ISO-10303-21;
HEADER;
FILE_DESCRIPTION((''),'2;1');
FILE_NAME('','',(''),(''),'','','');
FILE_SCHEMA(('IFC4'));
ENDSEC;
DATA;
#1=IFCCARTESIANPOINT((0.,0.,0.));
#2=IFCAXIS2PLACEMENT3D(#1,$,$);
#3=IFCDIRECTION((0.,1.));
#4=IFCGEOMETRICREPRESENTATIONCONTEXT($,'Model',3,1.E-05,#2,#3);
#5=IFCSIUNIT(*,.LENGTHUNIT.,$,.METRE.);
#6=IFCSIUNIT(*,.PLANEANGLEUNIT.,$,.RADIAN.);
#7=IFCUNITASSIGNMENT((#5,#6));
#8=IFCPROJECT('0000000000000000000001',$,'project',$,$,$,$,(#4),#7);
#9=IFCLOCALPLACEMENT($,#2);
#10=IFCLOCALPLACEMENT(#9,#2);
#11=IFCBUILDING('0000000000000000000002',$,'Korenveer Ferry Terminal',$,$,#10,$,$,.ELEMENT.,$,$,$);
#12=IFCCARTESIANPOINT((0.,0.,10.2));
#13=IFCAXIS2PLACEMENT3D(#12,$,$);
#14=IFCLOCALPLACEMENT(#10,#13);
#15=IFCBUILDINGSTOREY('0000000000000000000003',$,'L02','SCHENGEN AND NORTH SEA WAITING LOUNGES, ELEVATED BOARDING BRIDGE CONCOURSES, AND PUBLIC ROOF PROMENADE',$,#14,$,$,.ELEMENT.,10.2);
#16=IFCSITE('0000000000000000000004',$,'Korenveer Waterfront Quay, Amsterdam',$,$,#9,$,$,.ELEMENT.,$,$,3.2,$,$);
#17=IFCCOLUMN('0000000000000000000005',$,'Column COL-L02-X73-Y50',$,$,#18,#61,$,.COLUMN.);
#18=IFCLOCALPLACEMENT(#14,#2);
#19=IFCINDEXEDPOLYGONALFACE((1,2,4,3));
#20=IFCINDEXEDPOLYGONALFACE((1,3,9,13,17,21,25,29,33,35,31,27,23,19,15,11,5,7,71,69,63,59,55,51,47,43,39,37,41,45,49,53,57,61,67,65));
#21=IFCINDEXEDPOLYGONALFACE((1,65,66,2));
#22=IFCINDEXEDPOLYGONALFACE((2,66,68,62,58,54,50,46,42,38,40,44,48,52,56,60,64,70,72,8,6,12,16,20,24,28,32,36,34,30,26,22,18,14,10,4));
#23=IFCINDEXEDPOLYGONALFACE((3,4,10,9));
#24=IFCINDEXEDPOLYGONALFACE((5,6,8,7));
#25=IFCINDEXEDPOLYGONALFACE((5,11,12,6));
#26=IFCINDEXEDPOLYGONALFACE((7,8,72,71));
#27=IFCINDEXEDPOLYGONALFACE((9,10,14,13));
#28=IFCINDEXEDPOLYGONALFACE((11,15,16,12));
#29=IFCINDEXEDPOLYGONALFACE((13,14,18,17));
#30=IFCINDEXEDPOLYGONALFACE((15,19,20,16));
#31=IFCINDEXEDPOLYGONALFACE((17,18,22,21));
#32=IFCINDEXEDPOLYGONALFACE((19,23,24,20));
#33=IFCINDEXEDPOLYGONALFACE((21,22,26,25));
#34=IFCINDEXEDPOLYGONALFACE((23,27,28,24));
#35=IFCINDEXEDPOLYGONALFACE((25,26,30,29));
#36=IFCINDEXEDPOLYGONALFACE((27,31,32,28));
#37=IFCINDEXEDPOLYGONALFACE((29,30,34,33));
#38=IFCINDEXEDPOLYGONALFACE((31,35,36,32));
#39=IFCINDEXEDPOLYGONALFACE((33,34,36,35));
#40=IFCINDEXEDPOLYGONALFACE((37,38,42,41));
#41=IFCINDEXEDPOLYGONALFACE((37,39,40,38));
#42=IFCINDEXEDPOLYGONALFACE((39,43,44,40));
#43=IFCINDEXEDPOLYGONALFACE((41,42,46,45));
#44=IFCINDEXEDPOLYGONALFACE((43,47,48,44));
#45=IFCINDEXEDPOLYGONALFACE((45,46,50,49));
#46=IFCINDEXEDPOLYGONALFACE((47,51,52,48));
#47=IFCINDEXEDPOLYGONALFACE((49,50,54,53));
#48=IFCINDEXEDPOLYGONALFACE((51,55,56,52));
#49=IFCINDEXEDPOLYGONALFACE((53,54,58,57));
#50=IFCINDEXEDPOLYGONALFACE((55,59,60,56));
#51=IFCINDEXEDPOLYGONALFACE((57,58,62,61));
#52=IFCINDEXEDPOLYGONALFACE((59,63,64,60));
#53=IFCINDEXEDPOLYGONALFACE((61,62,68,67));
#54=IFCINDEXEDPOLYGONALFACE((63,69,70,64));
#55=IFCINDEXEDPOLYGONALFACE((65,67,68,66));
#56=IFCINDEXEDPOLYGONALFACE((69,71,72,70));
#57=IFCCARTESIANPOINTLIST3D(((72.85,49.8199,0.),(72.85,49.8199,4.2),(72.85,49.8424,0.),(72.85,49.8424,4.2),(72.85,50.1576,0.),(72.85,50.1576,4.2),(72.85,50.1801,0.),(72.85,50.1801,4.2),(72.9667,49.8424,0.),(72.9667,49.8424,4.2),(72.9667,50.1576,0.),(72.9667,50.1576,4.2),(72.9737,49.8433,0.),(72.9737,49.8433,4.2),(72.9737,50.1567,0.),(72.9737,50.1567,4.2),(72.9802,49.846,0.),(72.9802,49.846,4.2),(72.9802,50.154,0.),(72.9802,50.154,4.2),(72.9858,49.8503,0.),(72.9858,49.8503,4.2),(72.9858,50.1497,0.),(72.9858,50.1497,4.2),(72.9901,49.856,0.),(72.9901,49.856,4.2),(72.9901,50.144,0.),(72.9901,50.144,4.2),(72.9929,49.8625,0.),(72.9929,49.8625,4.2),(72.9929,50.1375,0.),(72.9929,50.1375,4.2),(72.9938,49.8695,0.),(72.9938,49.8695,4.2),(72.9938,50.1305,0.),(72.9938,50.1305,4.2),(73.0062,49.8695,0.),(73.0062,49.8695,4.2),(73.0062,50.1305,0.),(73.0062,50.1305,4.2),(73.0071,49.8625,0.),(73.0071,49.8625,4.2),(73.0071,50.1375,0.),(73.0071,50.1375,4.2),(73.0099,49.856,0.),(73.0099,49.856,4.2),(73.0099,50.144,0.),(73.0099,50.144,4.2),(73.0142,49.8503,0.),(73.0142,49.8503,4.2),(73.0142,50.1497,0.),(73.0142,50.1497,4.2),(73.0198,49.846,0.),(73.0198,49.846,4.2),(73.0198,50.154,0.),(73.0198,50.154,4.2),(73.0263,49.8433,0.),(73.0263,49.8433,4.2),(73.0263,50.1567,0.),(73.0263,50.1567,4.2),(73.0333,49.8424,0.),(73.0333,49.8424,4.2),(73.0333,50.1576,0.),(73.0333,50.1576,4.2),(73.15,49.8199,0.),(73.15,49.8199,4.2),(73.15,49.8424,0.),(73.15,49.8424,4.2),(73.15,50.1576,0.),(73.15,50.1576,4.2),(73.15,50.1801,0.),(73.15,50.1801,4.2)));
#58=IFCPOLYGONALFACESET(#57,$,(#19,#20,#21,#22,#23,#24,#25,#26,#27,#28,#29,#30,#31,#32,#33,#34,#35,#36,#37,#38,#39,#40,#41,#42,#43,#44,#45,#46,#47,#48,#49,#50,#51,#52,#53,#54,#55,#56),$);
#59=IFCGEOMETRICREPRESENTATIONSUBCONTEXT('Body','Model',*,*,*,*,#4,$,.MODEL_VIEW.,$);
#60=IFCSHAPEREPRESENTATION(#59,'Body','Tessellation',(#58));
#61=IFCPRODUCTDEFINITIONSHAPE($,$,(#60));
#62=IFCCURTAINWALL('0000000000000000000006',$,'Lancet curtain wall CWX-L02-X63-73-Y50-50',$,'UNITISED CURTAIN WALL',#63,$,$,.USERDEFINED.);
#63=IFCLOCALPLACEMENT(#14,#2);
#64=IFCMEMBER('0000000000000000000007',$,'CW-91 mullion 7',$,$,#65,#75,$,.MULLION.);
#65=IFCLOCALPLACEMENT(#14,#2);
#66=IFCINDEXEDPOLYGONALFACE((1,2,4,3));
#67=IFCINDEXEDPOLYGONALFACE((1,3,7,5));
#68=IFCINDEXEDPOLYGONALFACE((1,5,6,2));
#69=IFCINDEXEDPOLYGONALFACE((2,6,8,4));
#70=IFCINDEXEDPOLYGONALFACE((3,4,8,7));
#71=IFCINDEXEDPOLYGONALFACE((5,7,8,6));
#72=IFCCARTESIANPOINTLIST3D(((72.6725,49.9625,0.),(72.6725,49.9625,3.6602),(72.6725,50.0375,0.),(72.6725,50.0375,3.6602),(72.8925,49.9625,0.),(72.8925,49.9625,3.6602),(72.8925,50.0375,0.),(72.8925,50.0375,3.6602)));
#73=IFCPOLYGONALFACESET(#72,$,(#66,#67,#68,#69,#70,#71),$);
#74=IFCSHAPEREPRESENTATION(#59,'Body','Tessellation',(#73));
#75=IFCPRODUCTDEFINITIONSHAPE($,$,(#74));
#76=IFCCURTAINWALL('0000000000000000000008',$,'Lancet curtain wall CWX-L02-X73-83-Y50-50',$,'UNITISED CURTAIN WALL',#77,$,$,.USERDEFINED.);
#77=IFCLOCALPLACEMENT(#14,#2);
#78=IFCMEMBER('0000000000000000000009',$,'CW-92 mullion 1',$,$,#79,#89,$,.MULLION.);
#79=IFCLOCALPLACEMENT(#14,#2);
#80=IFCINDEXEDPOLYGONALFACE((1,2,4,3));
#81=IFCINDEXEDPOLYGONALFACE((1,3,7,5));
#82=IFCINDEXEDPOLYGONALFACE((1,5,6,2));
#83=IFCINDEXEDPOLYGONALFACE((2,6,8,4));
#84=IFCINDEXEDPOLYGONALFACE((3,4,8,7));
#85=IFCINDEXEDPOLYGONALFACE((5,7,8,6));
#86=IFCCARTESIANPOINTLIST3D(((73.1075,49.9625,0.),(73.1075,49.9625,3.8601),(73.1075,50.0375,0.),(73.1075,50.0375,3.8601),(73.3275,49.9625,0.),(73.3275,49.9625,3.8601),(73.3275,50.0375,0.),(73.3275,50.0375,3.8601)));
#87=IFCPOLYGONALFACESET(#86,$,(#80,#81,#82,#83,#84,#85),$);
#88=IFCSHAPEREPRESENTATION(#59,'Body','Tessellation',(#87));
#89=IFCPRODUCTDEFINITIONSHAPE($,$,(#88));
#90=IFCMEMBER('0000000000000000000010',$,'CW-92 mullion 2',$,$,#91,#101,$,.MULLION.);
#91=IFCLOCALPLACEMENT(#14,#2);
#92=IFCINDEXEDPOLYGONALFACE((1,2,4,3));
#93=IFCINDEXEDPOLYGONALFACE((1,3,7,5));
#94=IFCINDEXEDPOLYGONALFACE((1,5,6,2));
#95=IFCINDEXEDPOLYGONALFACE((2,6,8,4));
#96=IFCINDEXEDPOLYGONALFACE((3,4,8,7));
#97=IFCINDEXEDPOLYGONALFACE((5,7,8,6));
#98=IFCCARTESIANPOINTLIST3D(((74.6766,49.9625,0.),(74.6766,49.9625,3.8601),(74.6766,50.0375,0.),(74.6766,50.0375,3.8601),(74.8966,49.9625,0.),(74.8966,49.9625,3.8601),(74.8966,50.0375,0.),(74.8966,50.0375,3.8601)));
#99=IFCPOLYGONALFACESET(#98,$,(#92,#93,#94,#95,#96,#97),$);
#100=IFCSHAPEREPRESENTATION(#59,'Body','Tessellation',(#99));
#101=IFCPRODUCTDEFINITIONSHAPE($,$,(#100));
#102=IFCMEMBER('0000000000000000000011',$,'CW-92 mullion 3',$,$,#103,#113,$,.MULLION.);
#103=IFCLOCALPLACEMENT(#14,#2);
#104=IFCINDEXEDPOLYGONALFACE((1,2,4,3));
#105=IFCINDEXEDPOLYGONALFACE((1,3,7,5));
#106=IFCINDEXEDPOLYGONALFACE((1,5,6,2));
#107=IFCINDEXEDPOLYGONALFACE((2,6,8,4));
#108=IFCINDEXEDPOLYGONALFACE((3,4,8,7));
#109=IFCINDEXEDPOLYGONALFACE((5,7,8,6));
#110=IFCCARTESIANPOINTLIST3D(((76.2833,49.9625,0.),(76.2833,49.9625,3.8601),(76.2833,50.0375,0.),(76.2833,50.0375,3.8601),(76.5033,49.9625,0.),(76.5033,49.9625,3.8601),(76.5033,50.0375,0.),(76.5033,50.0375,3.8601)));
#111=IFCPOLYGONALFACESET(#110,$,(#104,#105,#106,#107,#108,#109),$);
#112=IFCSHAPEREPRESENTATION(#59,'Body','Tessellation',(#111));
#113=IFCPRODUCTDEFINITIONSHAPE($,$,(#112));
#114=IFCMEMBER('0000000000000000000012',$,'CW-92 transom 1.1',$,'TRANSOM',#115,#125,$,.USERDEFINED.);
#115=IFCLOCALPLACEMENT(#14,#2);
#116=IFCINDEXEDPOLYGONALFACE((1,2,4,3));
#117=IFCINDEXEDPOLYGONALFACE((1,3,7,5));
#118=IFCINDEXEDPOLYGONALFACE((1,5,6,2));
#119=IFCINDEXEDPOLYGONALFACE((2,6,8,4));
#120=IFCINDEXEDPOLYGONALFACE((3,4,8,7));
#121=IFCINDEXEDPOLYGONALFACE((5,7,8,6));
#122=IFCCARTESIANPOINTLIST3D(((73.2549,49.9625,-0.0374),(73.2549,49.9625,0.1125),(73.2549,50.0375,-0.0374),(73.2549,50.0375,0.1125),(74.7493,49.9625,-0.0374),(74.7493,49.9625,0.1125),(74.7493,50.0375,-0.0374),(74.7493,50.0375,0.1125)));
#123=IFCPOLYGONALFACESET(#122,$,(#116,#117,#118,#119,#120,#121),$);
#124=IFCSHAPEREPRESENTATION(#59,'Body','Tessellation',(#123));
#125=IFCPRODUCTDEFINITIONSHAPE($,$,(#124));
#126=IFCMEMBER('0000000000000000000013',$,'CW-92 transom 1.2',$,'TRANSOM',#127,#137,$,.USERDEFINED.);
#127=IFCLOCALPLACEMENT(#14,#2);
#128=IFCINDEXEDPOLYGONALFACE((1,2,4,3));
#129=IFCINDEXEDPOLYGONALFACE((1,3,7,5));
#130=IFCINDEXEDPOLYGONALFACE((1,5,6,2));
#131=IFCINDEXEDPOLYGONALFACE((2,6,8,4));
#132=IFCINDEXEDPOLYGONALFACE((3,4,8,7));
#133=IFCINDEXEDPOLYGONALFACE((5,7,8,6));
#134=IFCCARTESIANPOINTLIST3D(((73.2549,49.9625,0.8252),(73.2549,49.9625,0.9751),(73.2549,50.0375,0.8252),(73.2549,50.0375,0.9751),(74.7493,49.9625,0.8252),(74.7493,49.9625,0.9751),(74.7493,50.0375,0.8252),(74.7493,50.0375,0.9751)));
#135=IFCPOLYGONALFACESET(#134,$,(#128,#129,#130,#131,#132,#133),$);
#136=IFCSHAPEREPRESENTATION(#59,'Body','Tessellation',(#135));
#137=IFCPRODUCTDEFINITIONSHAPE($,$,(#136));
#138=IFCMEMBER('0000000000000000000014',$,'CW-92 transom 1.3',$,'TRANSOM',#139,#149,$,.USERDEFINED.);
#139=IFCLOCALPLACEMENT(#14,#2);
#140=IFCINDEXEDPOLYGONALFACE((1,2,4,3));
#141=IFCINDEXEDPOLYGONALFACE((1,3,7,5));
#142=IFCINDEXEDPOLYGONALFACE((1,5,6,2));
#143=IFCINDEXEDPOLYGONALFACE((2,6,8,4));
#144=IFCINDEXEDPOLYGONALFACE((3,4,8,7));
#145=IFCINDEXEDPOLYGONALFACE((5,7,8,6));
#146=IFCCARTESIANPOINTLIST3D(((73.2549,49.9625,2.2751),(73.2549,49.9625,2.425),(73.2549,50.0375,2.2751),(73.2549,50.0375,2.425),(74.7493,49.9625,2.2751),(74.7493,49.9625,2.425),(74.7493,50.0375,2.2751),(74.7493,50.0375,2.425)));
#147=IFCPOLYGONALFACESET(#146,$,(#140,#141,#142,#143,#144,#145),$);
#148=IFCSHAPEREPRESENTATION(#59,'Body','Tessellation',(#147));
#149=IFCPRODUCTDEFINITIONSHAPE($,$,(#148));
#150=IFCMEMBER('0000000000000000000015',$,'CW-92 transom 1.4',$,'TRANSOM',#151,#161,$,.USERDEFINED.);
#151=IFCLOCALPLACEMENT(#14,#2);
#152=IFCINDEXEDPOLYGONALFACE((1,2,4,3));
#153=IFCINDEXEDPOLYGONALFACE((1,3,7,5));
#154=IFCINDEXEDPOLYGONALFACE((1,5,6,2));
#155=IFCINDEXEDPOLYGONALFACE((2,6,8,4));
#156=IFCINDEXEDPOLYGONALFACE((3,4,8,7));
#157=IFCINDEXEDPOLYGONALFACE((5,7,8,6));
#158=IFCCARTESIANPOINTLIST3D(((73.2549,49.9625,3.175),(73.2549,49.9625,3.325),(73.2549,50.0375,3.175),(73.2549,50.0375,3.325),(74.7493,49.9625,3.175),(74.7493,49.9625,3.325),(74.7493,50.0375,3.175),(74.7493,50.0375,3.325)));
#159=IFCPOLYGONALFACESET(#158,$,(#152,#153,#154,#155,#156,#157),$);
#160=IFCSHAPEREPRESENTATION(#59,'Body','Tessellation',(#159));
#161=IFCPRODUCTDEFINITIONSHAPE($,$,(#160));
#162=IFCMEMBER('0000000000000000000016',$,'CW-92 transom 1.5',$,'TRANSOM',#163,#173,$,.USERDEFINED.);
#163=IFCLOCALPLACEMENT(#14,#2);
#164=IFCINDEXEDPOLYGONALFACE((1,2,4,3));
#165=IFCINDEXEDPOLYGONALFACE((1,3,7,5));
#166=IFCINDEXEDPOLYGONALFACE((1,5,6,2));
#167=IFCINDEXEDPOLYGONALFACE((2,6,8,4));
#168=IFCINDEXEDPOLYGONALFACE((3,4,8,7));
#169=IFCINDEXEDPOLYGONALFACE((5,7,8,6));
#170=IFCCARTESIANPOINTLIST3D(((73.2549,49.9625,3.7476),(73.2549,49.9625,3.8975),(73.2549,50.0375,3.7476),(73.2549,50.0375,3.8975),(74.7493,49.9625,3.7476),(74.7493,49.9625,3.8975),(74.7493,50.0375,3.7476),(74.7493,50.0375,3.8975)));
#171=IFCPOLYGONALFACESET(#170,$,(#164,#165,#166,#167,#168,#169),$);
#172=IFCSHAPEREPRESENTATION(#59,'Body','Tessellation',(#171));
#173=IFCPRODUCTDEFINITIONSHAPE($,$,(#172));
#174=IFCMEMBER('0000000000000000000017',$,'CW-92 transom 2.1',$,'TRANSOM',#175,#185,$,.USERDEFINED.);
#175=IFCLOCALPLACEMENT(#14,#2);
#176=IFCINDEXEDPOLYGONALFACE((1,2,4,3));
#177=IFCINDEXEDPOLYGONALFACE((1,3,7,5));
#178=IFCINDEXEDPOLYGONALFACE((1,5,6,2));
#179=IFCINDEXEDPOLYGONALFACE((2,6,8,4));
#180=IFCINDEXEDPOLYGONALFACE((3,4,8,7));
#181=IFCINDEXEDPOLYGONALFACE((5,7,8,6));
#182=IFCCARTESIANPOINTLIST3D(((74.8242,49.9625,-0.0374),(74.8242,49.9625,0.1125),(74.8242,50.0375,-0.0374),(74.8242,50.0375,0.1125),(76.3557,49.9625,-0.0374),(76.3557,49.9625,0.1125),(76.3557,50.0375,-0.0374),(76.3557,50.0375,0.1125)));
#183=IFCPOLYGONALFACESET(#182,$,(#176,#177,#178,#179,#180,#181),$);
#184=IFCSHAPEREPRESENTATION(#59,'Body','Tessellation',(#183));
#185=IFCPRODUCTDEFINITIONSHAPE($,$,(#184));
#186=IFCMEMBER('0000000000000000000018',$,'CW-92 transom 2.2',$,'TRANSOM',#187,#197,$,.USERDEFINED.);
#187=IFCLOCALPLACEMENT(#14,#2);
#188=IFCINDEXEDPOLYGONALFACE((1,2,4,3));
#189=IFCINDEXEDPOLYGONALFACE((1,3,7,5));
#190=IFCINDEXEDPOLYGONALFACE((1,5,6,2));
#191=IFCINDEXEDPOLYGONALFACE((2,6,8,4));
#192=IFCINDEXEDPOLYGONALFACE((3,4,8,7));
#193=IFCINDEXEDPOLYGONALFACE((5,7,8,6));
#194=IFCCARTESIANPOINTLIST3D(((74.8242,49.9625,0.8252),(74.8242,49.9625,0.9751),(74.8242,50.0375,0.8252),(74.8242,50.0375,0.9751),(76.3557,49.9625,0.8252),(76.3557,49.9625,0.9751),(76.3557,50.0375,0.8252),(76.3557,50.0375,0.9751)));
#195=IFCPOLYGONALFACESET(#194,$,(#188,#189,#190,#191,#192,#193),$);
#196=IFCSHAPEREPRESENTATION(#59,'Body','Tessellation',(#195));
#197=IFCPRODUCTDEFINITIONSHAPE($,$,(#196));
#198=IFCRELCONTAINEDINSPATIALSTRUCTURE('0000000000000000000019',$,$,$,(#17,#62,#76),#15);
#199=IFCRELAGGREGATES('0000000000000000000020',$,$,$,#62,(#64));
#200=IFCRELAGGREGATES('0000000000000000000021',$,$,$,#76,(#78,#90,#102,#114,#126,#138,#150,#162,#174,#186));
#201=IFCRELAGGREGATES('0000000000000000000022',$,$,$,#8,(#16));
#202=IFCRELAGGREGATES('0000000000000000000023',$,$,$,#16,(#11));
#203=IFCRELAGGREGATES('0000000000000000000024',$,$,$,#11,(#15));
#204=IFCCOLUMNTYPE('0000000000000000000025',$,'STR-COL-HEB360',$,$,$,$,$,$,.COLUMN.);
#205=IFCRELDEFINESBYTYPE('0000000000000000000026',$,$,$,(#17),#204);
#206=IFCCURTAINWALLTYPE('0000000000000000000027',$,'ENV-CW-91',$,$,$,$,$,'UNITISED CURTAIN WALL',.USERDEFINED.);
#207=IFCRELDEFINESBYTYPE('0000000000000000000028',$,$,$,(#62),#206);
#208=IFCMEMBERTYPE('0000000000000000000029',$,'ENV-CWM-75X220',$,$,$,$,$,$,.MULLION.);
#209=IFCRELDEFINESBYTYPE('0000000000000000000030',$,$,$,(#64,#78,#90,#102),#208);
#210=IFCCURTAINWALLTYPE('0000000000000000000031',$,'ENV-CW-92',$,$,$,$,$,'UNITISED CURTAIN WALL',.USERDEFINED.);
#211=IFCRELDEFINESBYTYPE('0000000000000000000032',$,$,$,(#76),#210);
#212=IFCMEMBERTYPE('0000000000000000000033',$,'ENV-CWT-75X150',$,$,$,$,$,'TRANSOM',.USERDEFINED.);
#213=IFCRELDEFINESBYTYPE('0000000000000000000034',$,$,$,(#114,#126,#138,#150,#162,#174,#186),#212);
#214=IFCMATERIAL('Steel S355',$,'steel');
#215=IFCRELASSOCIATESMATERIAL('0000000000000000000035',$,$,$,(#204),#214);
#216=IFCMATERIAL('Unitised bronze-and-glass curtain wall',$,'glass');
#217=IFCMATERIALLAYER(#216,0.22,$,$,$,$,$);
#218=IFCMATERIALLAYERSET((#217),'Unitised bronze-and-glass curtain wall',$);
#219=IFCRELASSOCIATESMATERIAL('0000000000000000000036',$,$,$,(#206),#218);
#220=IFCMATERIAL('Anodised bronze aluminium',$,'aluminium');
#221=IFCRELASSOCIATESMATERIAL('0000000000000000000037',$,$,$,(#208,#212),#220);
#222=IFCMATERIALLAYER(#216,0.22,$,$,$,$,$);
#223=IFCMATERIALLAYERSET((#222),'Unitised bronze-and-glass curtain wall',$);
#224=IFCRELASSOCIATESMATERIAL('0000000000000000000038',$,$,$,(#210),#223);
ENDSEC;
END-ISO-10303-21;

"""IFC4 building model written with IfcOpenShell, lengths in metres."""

from ifc_helpers import new_model, si_unit, direction, frame, origin, origin_2d, place, context, subcontext, project, spatial, rectangle, i_section, extrude, material, layer, layer_set, material_profile, profile_set, type_object, element, aggregate, save


model = new_model("IFC4")

# Units and contexts
model_context = context("Model", 3, precision=1e-05, world=origin(), true_north=direction((0.0, 1.0)))
body_context = subcontext(model_context, "Body", "Model", "MODEL_VIEW")
ifc_project = project(units=[si_unit("LENGTHUNIT", "METRE"), si_unit("PLANEANGLEUNIT", "RADIAN")], contexts=[model_context])

# Site, building, storey
site_placement = place(None, origin())
site = spatial("IfcSite", under=ifc_project, at=site_placement, Name="Korenveer Waterfront Quay, Amsterdam", CompositionType="ELEMENT", RefElevation=3.2)
building_placement = place(site_placement, origin())
building = spatial("IfcBuilding", under=site, at=building_placement, Name="Korenveer Ferry Terminal", CompositionType="ELEMENT")
storey_placement = place(building_placement, frame((0.0, 0.0, 10.2)))
storey = spatial("IfcBuildingStorey", under=building, at=storey_placement, Name="L02", Description="SCHENGEN AND NORTH SEA WAITING LOUNGES, ELEVATED BOARDING BRIDGE CONCOURSES, AND PUBLIC ROOF PROMENADE", CompositionType="ELEMENT", Elevation=10.2)

# Column
ifc_material_1 = material(Name="Steel S355", Category="steel")
ifc_material_profile_1 = material_profile(ifc_material_1, i_section(OverallWidth=0.3, OverallDepth=0.3601, WebThickness=0.0125, FlangeThickness=0.0225, FilletRadius=0.0271, at=origin_2d()), Name="HEB 360")
ifc_profile_set_1 = profile_set([ifc_material_profile_1], Name="Steel S355")
column_type = type_object("IfcColumnType", Name="STR-COL-HEB360", PredefinedType="COLUMN", material=ifc_profile_set_1)
column_placement = place(storey_placement, frame((73.0, 50.0, 0.0), z_axis=(0.0, 0.0, 1.0), x_axis=(1.0, 0.0, 0.0)))
element("IfcColumn", 1, at=column_placement, inside=storey, type_object=column_type, Name="Column COL-L02-X73-Y50", PredefinedType="COLUMN", context=body_context, shape_type="SweptSolid", body=[
    extrude(i_section(OverallWidth=0.3, OverallDepth=0.3601, WebThickness=0.0125, FlangeThickness=0.0225, FilletRadius=0.0271, at=origin_2d()), origin(), (0.0, 0.0, 1.0), 4.2),
])

# Curtain wall, member
ifc_material_2 = material(Name="Unitised bronze-and-glass curtain wall", Category="glass")
ifc_layer_1 = layer(ifc_material_2, 0.22)
ifc_layer_set_1 = layer_set([ifc_layer_1], Name="Unitised bronze-and-glass curtain wall")
curtain_wall_type_1 = type_object("IfcCurtainWallType", Name="ENV-CW-91", ElementType="UNITISED CURTAIN WALL", PredefinedType="USERDEFINED", material=ifc_layer_set_1)
curtain_wall_1_placement = place(storey_placement, frame((63.1799, 50.0, 0.0)))
curtain_wall_1 = element("IfcCurtainWall", 2, at=curtain_wall_1_placement, inside=storey, type_object=curtain_wall_type_1, Name="Lancet curtain wall CWX-L02-X63-73-Y50-50", ObjectType="UNITISED CURTAIN WALL", PredefinedType="USERDEFINED")
ifc_material_3 = material(Name="Anodised bronze aluminium", Category="aluminium")
ifc_material_profile_2 = material_profile(ifc_material_3, rectangle(XDim=0.075, YDim=0.22, at=origin_2d()), Name="ALU 75x220")
ifc_profile_set_2 = profile_set([ifc_material_profile_2], Name="Anodised bronze aluminium")
member_type_1 = type_object("IfcMemberType", Name="ENV-CWM-75X220", PredefinedType="MULLION", material=ifc_profile_set_2)
member_1_placement = place(storey_placement, frame((72.7825, 50.0, 0.0), z_axis=(0.0, 0.0, 1.0), x_axis=(0.0, 1.0, 0.0)))
member_1 = element("IfcMember", 3, at=member_1_placement, type_object=member_type_1, Name="CW-91 mullion 7", PredefinedType="MULLION", context=body_context, shape_type="SweptSolid", body=[
    extrude(rectangle(XDim=0.075, YDim=0.22, at=origin_2d()), origin(), (0.0, 0.0, 1.0), 3.6602),
])

# Curtain wall, members
ifc_layer_2 = layer(ifc_material_2, 0.22)
ifc_layer_set_2 = layer_set([ifc_layer_2], Name="Unitised bronze-and-glass curtain wall")
curtain_wall_type_2 = type_object("IfcCurtainWallType", Name="ENV-CW-92", ElementType="UNITISED CURTAIN WALL", PredefinedType="USERDEFINED", material=ifc_layer_set_2)
curtain_wall_2_placement = place(storey_placement, frame((73.1799, 50.0, 0.0)))
curtain_wall_2 = element("IfcCurtainWall", 4, at=curtain_wall_2_placement, inside=storey, type_object=curtain_wall_type_2, Name="Lancet curtain wall CWX-L02-X73-83-Y50-50", ObjectType="UNITISED CURTAIN WALL", PredefinedType="USERDEFINED")
member_2_placement = place(storey_placement, frame((73.2175, 50.0, 0.0), z_axis=(0.0, 0.0, 1.0), x_axis=(0.0, 1.0, 0.0)))
member_2 = element("IfcMember", 5, at=member_2_placement, type_object=member_type_1, Name="CW-92 mullion 1", PredefinedType="MULLION", context=body_context, shape_type="SweptSolid", body=[
    extrude(rectangle(XDim=0.075, YDim=0.22, at=origin_2d()), origin(), (0.0, 0.0, 1.0), 3.8601),
])
member_3_placement = place(storey_placement, frame((74.7866, 50.0, 0.0), z_axis=(0.0, 0.0, 1.0), x_axis=(0.0, 1.0, 0.0)))
member_3 = element("IfcMember", 6, at=member_3_placement, type_object=member_type_1, Name="CW-92 mullion 2", PredefinedType="MULLION", context=body_context, shape_type="SweptSolid", body=[
    extrude(rectangle(XDim=0.075, YDim=0.22, at=origin_2d()), origin(), (0.0, 0.0, 1.0), 3.8601),
])
member_4_placement = place(storey_placement, frame((76.3933, 50.0, 0.0), z_axis=(0.0, 0.0, 1.0), x_axis=(0.0, 1.0, 0.0)))
member_4 = element("IfcMember", 7, at=member_4_placement, type_object=member_type_1, Name="CW-92 mullion 3", PredefinedType="MULLION", context=body_context, shape_type="SweptSolid", body=[
    extrude(rectangle(XDim=0.075, YDim=0.22, at=origin_2d()), origin(), (0.0, 0.0, 1.0), 3.8601),
])
ifc_material_profile_3 = material_profile(ifc_material_3, rectangle(XDim=0.075, YDim=0.1499, at=origin_2d()), Name="ALU 75x150")
ifc_profile_set_3 = profile_set([ifc_material_profile_3], Name="Anodised bronze aluminium")
member_type_2 = type_object("IfcMemberType", Name="ENV-CWT-75X150", ElementType="TRANSOM", PredefinedType="USERDEFINED", material=ifc_profile_set_3)
member_5_placement = place(storey_placement, frame((73.2549, 50.0, 0.0376), z_axis=(1.0, 0.0, 0.0), x_axis=(0.0, 1.0, 0.0)))
member_5 = element("IfcMember", 8, at=member_5_placement, type_object=member_type_2, Name="CW-92 transom 1.1", ObjectType="TRANSOM", PredefinedType="USERDEFINED", context=body_context, shape_type="SweptSolid", body=[
    extrude(rectangle(XDim=0.075, YDim=0.1499, at=origin_2d()), origin(), (0.0, 0.0, 1.0), 1.4944),
])
member_6_placement = place(storey_placement, frame((73.2549, 50.0, 0.9001), z_axis=(1.0, 0.0, 0.0), x_axis=(0.0, 1.0, 0.0)))
member_6 = element("IfcMember", 9, at=member_6_placement, type_object=member_type_2, Name="CW-92 transom 1.2", ObjectType="TRANSOM", PredefinedType="USERDEFINED", context=body_context, shape_type="SweptSolid", body=[
    extrude(rectangle(XDim=0.075, YDim=0.1499, at=origin_2d()), origin(), (0.0, 0.0, 1.0), 1.4944),
])
member_7_placement = place(storey_placement, frame((73.2549, 50.0, 2.3501), z_axis=(1.0, 0.0, 0.0), x_axis=(0.0, 1.0, 0.0)))
member_7 = element("IfcMember", 10, at=member_7_placement, type_object=member_type_2, Name="CW-92 transom 1.3", ObjectType="TRANSOM", PredefinedType="USERDEFINED", context=body_context, shape_type="SweptSolid", body=[
    extrude(rectangle(XDim=0.075, YDim=0.1499, at=origin_2d()), origin(), (0.0, 0.0, 1.0), 1.4944),
])
member_8_placement = place(storey_placement, frame((73.2549, 50.0, 3.25), z_axis=(1.0, 0.0, 0.0), x_axis=(0.0, 1.0, 0.0)))
member_8 = element("IfcMember", 11, at=member_8_placement, type_object=member_type_2, Name="CW-92 transom 1.4", ObjectType="TRANSOM", PredefinedType="USERDEFINED", context=body_context, shape_type="SweptSolid", body=[
    extrude(rectangle(XDim=0.075, YDim=0.1499, at=origin_2d()), origin(), (0.0, 0.0, 1.0), 1.4944),
])
member_9_placement = place(storey_placement, frame((73.2549, 50.0, 3.8225), z_axis=(1.0, 0.0, 0.0), x_axis=(0.0, 1.0, 0.0)))
member_9 = element("IfcMember", 12, at=member_9_placement, type_object=member_type_2, Name="CW-92 transom 1.5", ObjectType="TRANSOM", PredefinedType="USERDEFINED", context=body_context, shape_type="SweptSolid", body=[
    extrude(rectangle(XDim=0.075, YDim=0.1499, at=origin_2d()), origin(), (0.0, 0.0, 1.0), 1.4944),
])
member_10_placement = place(storey_placement, frame((74.8242, 50.0, 0.0376), z_axis=(1.0, 0.0, 0.0), x_axis=(0.0, 1.0, 0.0)))
member_10 = element("IfcMember", 13, at=member_10_placement, type_object=member_type_2, Name="CW-92 transom 2.1", ObjectType="TRANSOM", PredefinedType="USERDEFINED", context=body_context, shape_type="SweptSolid", body=[
    extrude(rectangle(XDim=0.075, YDim=0.1499, at=origin_2d()), origin(), (0.0, 0.0, 1.0), 1.5315),
])
member_11_placement = place(storey_placement, frame((74.8242, 50.0, 0.9001), z_axis=(1.0, 0.0, 0.0), x_axis=(0.0, 1.0, 0.0)))
member_11 = element("IfcMember", 14, at=member_11_placement, type_object=member_type_2, Name="CW-92 transom 2.2", ObjectType="TRANSOM", PredefinedType="USERDEFINED", context=body_context, shape_type="SweptSolid", body=[
    extrude(rectangle(XDim=0.075, YDim=0.1499, at=origin_2d()), origin(), (0.0, 0.0, 1.0), 1.5315),
])

aggregate(curtain_wall_1, [member_1])
aggregate(curtain_wall_2, [member_2, member_3, member_4, member_5, member_6, member_7, member_8, member_9, member_10, member_11])

save(model, "model.ifc")
